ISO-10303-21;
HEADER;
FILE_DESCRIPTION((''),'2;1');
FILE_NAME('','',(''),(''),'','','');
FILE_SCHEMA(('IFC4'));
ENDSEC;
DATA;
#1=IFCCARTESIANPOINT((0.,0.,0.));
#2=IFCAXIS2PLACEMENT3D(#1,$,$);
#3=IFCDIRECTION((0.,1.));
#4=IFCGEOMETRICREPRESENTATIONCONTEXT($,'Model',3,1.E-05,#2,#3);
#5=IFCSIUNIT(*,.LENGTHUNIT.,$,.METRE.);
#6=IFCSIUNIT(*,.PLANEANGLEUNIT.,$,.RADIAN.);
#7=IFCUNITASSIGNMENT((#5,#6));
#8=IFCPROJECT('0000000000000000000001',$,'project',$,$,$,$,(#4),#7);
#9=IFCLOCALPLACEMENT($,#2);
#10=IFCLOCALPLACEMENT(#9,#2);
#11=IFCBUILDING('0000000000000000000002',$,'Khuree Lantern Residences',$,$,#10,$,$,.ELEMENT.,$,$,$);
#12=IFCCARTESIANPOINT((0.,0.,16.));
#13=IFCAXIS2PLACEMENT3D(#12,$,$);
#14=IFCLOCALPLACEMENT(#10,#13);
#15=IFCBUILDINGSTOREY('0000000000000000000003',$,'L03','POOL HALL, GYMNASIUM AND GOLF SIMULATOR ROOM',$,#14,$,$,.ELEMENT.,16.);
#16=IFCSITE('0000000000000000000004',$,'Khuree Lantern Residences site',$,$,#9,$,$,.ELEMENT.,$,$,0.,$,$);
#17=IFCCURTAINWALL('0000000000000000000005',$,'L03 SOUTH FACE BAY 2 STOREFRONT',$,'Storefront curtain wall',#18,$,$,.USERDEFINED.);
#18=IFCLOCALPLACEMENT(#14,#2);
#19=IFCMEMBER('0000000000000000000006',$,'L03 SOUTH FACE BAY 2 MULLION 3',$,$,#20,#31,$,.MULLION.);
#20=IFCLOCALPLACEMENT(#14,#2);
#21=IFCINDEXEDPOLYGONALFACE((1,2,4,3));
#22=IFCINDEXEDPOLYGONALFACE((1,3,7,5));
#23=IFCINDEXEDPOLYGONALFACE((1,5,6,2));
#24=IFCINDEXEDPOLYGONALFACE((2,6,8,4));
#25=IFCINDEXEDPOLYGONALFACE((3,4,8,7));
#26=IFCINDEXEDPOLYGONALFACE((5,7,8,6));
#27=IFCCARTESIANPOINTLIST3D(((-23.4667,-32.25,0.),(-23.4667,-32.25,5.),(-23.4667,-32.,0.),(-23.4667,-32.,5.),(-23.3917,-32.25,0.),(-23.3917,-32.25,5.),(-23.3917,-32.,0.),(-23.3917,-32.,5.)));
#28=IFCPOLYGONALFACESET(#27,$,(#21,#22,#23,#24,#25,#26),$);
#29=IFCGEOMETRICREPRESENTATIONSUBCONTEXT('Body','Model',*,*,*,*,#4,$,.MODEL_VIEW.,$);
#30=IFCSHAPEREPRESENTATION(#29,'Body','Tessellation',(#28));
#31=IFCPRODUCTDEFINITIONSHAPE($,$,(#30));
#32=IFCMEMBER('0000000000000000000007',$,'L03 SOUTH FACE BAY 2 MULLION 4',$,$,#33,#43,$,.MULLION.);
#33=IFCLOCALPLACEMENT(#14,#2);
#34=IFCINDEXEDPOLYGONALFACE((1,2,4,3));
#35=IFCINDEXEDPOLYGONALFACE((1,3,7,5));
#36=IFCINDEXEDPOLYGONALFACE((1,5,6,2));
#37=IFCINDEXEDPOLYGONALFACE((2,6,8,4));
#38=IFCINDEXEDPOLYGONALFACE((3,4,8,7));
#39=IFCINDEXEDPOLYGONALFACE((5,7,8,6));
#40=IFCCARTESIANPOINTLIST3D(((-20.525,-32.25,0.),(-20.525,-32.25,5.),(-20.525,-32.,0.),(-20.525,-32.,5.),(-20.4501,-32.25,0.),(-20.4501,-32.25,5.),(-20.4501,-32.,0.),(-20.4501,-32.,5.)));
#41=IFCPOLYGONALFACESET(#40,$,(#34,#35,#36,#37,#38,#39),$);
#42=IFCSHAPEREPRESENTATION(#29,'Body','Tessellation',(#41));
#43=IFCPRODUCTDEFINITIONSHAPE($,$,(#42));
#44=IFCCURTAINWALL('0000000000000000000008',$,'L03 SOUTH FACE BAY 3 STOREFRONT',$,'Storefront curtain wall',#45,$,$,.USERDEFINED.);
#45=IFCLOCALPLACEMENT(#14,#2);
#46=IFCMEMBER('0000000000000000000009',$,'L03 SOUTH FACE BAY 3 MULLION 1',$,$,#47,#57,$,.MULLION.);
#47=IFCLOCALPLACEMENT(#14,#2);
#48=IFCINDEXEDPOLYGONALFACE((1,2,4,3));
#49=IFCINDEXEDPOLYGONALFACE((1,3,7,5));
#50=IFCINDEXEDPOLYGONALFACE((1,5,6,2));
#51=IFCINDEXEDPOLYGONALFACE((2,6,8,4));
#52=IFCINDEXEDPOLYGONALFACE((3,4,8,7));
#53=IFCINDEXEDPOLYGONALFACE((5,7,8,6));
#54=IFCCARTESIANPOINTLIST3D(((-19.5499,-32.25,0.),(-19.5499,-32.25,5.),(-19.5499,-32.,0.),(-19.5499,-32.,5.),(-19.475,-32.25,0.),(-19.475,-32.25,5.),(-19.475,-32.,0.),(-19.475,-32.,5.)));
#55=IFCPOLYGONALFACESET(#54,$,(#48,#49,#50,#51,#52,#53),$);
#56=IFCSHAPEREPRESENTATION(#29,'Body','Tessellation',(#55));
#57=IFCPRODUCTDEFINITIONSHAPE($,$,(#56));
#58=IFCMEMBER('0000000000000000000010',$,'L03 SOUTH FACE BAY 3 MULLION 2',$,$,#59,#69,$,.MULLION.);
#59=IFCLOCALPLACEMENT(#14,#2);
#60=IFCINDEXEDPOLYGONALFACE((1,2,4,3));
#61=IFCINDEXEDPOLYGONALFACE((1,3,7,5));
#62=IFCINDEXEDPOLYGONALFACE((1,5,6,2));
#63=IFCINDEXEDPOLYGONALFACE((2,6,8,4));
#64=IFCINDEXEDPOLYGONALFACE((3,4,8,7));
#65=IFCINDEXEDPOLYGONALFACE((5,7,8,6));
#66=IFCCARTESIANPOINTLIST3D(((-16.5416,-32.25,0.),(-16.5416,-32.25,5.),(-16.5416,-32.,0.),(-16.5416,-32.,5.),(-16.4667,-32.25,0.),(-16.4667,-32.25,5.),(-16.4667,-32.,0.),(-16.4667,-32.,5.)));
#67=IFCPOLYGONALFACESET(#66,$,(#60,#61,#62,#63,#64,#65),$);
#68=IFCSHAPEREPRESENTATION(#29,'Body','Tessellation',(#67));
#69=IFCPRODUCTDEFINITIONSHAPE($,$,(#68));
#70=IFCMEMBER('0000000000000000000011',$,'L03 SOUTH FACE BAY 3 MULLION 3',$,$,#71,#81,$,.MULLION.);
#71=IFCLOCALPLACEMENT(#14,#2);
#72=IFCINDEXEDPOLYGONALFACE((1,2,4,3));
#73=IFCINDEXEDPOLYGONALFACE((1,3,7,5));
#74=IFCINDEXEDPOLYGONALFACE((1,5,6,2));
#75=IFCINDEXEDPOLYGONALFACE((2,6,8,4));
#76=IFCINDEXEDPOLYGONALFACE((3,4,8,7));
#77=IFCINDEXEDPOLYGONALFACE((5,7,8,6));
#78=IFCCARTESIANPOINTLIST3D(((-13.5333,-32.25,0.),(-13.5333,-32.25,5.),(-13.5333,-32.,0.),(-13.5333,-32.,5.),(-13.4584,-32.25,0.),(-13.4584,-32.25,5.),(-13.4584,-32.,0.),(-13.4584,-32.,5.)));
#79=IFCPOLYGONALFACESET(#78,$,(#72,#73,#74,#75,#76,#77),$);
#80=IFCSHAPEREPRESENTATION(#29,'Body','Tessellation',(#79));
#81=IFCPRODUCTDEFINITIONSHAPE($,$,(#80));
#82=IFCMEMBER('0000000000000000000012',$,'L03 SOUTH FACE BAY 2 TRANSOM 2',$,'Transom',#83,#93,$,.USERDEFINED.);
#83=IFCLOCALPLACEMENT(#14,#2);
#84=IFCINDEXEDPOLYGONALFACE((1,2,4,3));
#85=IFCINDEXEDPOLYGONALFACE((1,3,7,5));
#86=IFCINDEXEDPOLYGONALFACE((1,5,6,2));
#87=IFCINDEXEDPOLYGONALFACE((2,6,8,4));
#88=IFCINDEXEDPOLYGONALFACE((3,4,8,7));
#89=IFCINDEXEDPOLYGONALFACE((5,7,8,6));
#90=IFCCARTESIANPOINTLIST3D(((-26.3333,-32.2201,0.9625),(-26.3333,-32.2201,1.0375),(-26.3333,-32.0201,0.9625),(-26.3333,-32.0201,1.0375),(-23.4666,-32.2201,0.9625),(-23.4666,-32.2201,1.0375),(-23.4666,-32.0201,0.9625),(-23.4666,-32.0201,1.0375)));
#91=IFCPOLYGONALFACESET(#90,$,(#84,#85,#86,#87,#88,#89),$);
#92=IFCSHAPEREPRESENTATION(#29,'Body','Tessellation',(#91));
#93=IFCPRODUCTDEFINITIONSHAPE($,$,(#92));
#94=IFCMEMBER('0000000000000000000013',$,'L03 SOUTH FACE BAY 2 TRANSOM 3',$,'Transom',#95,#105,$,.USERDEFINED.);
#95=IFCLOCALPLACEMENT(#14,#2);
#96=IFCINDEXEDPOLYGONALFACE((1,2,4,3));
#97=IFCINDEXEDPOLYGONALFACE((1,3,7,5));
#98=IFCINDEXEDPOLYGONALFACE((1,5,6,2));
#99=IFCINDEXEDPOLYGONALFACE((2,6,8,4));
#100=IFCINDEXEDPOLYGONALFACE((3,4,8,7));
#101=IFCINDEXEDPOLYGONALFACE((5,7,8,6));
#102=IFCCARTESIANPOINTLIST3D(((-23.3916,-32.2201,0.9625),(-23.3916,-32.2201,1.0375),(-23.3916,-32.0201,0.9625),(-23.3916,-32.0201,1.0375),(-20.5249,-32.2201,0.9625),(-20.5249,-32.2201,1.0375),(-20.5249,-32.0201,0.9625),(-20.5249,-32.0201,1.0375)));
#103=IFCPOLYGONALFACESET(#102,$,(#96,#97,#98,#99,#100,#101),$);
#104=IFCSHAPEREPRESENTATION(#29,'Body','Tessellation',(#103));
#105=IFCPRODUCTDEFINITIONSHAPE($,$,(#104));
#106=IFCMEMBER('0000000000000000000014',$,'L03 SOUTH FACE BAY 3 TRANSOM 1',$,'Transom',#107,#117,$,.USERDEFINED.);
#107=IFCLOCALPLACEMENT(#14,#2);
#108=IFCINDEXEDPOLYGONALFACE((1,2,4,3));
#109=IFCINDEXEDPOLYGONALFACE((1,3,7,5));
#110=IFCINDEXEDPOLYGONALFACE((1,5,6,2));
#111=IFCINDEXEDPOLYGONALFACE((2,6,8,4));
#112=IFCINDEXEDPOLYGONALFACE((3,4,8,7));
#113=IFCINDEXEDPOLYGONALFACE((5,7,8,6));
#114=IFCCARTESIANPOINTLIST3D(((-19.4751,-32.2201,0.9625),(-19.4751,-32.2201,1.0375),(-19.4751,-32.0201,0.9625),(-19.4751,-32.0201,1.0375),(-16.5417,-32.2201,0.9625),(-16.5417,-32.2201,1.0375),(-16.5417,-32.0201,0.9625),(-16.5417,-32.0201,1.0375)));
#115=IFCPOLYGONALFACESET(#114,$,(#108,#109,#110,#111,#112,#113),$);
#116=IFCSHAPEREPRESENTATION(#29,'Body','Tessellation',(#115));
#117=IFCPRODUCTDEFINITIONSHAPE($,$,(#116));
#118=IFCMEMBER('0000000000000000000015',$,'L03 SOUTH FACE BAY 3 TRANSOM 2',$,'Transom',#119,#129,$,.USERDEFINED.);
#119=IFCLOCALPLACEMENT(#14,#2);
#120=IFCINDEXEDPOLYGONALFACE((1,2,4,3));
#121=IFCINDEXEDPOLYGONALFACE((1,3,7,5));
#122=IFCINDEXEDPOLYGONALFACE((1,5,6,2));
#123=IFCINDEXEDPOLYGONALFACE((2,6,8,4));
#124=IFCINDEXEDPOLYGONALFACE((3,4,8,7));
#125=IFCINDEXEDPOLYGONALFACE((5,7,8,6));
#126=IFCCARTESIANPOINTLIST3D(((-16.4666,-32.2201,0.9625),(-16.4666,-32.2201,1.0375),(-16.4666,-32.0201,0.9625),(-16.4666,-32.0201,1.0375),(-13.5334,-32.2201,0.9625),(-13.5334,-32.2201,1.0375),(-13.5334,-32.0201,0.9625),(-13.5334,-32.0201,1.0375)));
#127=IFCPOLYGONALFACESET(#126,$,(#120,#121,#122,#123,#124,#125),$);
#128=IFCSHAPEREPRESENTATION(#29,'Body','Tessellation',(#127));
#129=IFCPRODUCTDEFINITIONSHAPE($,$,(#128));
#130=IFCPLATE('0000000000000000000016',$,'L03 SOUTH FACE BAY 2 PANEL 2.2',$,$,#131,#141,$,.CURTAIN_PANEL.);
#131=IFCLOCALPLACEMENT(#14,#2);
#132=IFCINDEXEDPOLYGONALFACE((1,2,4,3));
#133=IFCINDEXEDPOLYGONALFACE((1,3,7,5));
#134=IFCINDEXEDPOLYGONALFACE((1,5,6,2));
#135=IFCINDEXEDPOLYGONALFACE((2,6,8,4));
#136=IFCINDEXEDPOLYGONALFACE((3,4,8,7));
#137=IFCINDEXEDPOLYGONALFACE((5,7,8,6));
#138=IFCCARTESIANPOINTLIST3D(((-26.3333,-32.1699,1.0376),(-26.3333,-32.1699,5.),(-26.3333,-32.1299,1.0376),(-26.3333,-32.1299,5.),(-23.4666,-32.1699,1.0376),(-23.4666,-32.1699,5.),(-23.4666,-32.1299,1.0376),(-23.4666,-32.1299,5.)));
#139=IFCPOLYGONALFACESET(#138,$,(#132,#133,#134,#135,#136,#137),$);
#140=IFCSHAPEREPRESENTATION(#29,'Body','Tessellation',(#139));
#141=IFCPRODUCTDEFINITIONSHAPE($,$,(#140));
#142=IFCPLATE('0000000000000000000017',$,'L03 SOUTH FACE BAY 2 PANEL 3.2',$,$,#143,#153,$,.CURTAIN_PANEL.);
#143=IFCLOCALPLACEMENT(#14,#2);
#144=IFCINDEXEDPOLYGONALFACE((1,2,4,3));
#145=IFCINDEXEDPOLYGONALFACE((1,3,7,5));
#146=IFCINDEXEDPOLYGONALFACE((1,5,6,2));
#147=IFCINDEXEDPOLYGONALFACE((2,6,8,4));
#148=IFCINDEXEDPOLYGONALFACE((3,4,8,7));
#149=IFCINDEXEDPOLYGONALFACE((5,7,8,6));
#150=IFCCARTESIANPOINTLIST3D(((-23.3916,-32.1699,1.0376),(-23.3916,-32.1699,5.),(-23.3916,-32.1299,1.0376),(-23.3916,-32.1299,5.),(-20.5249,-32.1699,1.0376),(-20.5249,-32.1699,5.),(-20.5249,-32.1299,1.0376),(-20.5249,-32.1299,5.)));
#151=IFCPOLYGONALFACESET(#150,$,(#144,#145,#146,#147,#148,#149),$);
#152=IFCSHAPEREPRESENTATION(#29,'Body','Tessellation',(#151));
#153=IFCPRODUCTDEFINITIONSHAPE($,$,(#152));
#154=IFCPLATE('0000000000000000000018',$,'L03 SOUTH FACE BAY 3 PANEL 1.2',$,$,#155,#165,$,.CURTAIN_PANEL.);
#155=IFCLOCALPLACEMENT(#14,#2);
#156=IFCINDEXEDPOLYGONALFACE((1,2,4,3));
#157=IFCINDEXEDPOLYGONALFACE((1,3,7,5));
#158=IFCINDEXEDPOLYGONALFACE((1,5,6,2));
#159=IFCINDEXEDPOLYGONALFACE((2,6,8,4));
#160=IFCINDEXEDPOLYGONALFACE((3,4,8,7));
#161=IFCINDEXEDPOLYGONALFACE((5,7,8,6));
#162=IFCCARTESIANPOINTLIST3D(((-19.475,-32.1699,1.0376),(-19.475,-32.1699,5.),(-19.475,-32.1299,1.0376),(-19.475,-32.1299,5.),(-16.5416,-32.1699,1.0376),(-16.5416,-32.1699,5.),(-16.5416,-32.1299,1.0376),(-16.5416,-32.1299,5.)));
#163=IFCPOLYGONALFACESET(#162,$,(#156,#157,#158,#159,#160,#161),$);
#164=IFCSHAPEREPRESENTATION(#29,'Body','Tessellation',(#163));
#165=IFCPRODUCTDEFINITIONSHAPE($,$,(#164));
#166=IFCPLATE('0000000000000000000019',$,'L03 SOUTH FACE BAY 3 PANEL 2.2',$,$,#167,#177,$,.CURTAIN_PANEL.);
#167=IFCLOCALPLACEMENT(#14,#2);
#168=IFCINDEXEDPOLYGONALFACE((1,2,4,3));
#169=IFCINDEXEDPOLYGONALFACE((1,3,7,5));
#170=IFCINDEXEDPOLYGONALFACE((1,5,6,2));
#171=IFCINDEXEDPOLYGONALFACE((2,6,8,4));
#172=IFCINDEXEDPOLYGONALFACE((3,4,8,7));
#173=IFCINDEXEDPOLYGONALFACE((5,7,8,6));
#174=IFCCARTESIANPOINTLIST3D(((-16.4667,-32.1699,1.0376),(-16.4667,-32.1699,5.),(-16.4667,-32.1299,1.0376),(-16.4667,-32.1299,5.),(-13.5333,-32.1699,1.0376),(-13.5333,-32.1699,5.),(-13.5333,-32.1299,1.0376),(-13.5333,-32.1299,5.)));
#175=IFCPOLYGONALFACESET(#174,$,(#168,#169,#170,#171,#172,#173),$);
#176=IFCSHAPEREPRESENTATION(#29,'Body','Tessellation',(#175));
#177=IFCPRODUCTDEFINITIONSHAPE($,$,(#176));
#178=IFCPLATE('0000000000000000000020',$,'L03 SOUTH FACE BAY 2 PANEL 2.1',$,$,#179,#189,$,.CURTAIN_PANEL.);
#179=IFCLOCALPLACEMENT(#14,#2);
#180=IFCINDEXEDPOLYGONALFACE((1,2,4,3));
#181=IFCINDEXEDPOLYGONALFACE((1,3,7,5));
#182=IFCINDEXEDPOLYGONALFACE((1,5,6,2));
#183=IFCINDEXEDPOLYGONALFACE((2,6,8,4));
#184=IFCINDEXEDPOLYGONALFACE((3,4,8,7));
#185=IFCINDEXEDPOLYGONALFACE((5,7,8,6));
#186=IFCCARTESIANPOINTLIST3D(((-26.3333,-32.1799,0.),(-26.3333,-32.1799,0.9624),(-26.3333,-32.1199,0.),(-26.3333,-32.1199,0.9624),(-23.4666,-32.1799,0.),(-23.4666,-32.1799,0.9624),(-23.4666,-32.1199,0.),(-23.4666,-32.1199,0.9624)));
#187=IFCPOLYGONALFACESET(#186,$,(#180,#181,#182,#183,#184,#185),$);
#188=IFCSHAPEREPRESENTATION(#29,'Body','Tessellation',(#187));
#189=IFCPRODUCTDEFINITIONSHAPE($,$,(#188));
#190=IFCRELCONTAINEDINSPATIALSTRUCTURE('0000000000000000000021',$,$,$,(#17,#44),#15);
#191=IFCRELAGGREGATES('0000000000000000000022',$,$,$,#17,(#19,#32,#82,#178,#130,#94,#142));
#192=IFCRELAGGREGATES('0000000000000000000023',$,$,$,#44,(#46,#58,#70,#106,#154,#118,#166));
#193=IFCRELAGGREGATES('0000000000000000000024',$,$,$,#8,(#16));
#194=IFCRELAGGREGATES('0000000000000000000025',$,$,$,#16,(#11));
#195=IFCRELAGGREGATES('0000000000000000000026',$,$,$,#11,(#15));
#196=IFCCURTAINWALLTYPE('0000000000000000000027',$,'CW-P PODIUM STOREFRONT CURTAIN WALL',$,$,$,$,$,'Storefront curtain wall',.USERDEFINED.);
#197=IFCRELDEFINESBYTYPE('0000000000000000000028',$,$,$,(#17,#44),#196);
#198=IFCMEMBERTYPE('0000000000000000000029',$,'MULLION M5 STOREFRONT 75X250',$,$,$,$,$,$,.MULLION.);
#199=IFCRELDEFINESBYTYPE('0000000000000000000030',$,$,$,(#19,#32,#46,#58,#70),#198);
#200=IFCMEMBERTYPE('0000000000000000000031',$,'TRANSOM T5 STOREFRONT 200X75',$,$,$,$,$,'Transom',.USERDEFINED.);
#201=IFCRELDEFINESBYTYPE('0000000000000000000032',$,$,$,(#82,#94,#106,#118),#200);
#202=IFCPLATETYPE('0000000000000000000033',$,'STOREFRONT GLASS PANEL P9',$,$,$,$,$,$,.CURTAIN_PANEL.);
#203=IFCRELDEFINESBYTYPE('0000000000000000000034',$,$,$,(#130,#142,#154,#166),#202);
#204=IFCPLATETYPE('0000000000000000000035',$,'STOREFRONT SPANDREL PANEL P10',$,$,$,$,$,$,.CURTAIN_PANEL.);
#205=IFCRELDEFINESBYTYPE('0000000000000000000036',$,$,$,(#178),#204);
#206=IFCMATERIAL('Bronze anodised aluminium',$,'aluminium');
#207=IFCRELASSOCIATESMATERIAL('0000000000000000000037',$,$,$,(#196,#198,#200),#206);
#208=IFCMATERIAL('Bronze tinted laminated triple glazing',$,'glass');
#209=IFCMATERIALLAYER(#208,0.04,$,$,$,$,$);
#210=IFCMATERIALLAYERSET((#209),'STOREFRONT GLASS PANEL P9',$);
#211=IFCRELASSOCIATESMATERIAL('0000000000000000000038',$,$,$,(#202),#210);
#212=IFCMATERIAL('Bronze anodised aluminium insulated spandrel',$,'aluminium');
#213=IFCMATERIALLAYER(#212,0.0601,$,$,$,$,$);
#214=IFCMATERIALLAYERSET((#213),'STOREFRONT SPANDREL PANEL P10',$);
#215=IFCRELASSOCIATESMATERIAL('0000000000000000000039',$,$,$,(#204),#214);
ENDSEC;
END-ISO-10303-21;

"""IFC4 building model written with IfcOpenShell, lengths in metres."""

from ifc_helpers import new_model, si_unit, direction, frame, origin, origin_2d, place, context, subcontext, project, spatial, rectangle, extrude, material, layer, layer_set, material_profile, profile_set, type_object, element, aggregate, save


model = new_model("IFC4")

# Units and contexts
model_context = context("Model", 3, precision=1e-05, world=origin(), true_north=direction((0.0, 1.0)))
body_context = subcontext(model_context, "Body", "Model", "MODEL_VIEW")
ifc_project = project(units=[si_unit("LENGTHUNIT", "METRE"), si_unit("PLANEANGLEUNIT", "RADIAN")], contexts=[model_context])

# Site, building, storey
site_placement = place(None, origin())
site = spatial("IfcSite", under=ifc_project, at=site_placement, Name="Khuree Lantern Residences site", CompositionType="ELEMENT", RefElevation=0.0)
building_placement = place(site_placement, origin())
building = spatial("IfcBuilding", under=site, at=building_placement, Name="Khuree Lantern Residences", CompositionType="ELEMENT")
storey_placement = place(building_placement, frame((0.0, 0.0, 16.0)))
storey = spatial("IfcBuildingStorey", under=building, at=storey_placement, Name="L03", Description="POOL HALL, GYMNASIUM AND GOLF SIMULATOR ROOM", CompositionType="ELEMENT", Elevation=16.0)

# Curtain walls, members
ifc_material_1 = material(Name="Bronze anodised aluminium", Category="aluminium")
curtain_wall_type = type_object("IfcCurtainWallType", Name="CW-P PODIUM STOREFRONT CURTAIN WALL", ElementType="Storefront curtain wall", PredefinedType="USERDEFINED", material=ifc_material_1)
curtain_wall_1_placement = place(storey_placement, origin())
curtain_wall_1 = element("IfcCurtainWall", 1, at=curtain_wall_1_placement, inside=storey, type_object=curtain_wall_type, Name="L03 SOUTH FACE BAY 2 STOREFRONT", ObjectType="Storefront curtain wall", PredefinedType="USERDEFINED")
ifc_material_profile_1 = material_profile(ifc_material_1, rectangle(XDim=0.075, YDim=0.25, at=origin_2d()), Name="M5 75X250")
ifc_profile_set_1 = profile_set([ifc_material_profile_1], Name="Bronze anodised aluminium")
member_type_1 = type_object("IfcMemberType", Name="MULLION M5 STOREFRONT 75X250", PredefinedType="MULLION", material=ifc_profile_set_1)
member_1_placement = place(storey_placement, frame((-23.4292, -32.125, 0.0), z_axis=(0.0, 0.0, 1.0), x_axis=(1.0, 0.0, 0.0)))
member_1 = element("IfcMember", 2, at=member_1_placement, type_object=member_type_1, Name="L03 SOUTH FACE BAY 2 MULLION 3", PredefinedType="MULLION", context=body_context, shape_type="SweptSolid", body=[
    extrude(rectangle(XDim=0.075, YDim=0.25, at=origin_2d()), origin(), (0.0, 0.0, 1.0), 5.0),
])
member_2_placement = place(storey_placement, frame((-20.4875, -32.125, 0.0), z_axis=(0.0, 0.0, 1.0), x_axis=(1.0, 0.0, 0.0)))
member_2 = element("IfcMember", 3, at=member_2_placement, type_object=member_type_1, Name="L03 SOUTH FACE BAY 2 MULLION 4", PredefinedType="MULLION", context=body_context, shape_type="SweptSolid", body=[
    extrude(rectangle(XDim=0.075, YDim=0.25, at=origin_2d()), origin(), (0.0, 0.0, 1.0), 5.0),
])
curtain_wall_2_placement = place(storey_placement, origin())
curtain_wall_2 = element("IfcCurtainWall", 4, at=curtain_wall_2_placement, inside=storey, type_object=curtain_wall_type, Name="L03 SOUTH FACE BAY 3 STOREFRONT", ObjectType="Storefront curtain wall", PredefinedType="USERDEFINED")
member_3_placement = place(storey_placement, frame((-19.5125, -32.125, 0.0), z_axis=(0.0, 0.0, 1.0), x_axis=(1.0, 0.0, 0.0)))
member_3 = element("IfcMember", 5, at=member_3_placement, type_object=member_type_1, Name="L03 SOUTH FACE BAY 3 MULLION 1", PredefinedType="MULLION", context=body_context, shape_type="SweptSolid", body=[
    extrude(rectangle(XDim=0.075, YDim=0.25, at=origin_2d()), origin(), (0.0, 0.0, 1.0), 5.0),
])
member_4_placement = place(storey_placement, frame((-16.5042, -32.125, 0.0), z_axis=(0.0, 0.0, 1.0), x_axis=(1.0, 0.0, 0.0)))
member_4 = element("IfcMember", 6, at=member_4_placement, type_object=member_type_1, Name="L03 SOUTH FACE BAY 3 MULLION 2", PredefinedType="MULLION", context=body_context, shape_type="SweptSolid", body=[
    extrude(rectangle(XDim=0.075, YDim=0.25, at=origin_2d()), origin(), (0.0, 0.0, 1.0), 5.0),
])
member_5_placement = place(storey_placement, frame((-13.4958, -32.125, 0.0), z_axis=(0.0, 0.0, 1.0), x_axis=(1.0, 0.0, 0.0)))
member_5 = element("IfcMember", 7, at=member_5_placement, type_object=member_type_1, Name="L03 SOUTH FACE BAY 3 MULLION 3", PredefinedType="MULLION", context=body_context, shape_type="SweptSolid", body=[
    extrude(rectangle(XDim=0.075, YDim=0.25, at=origin_2d()), origin(), (0.0, 0.0, 1.0), 5.0),
])

# Members
ifc_material_profile_2 = material_profile(ifc_material_1, rectangle(XDim=0.2, YDim=0.075, at=origin_2d()), Name="T5 200X75")
ifc_profile_set_2 = profile_set([ifc_material_profile_2], Name="Bronze anodised aluminium")
member_type_2 = type_object("IfcMemberType", Name="TRANSOM T5 STOREFRONT 200X75", ElementType="Transom", PredefinedType="USERDEFINED", material=ifc_profile_set_2)
member_6_placement = place(storey_placement, frame((-26.3333, -32.1201, 1.0), z_axis=(1.0, 0.0, 0.0), x_axis=(0.0, 1.0, 0.0)))
member_6 = element("IfcMember", 8, at=member_6_placement, type_object=member_type_2, Name="L03 SOUTH FACE BAY 2 TRANSOM 2", ObjectType="Transom", PredefinedType="USERDEFINED", context=body_context, shape_type="SweptSolid", body=[
    extrude(rectangle(XDim=0.2, YDim=0.075, at=origin_2d()), origin(), (0.0, 0.0, 1.0), 2.8667),
])
member_7_placement = place(storey_placement, frame((-23.3916, -32.1201, 1.0), z_axis=(1.0, 0.0, 0.0), x_axis=(0.0, 1.0, 0.0)))
member_7 = element("IfcMember", 9, at=member_7_placement, type_object=member_type_2, Name="L03 SOUTH FACE BAY 2 TRANSOM 3", ObjectType="Transom", PredefinedType="USERDEFINED", context=body_context, shape_type="SweptSolid", body=[
    extrude(rectangle(XDim=0.2, YDim=0.075, at=origin_2d()), origin(), (0.0, 0.0, 1.0), 2.8667),
])
member_8_placement = place(storey_placement, frame((-19.4751, -32.1201, 1.0), z_axis=(1.0, 0.0, 0.0), x_axis=(0.0, 1.0, 0.0)))
member_8 = element("IfcMember", 10, at=member_8_placement, type_object=member_type_2, Name="L03 SOUTH FACE BAY 3 TRANSOM 1", ObjectType="Transom", PredefinedType="USERDEFINED", context=body_context, shape_type="SweptSolid", body=[
    extrude(rectangle(XDim=0.2, YDim=0.075, at=origin_2d()), origin(), (0.0, 0.0, 1.0), 2.9333),
])
member_9_placement = place(storey_placement, frame((-16.4666, -32.1201, 1.0), z_axis=(1.0, 0.0, 0.0), x_axis=(0.0, 1.0, 0.0)))
member_9 = element("IfcMember", 11, at=member_9_placement, type_object=member_type_2, Name="L03 SOUTH FACE BAY 3 TRANSOM 2", ObjectType="Transom", PredefinedType="USERDEFINED", context=body_context, shape_type="SweptSolid", body=[
    extrude(rectangle(XDim=0.2, YDim=0.075, at=origin_2d()), origin(), (0.0, 0.0, 1.0), 2.9331),
])

# Plates
ifc_material_2 = material(Name="Bronze tinted laminated triple glazing", Category="glass")
ifc_layer_1 = layer(ifc_material_2, 0.04)
ifc_layer_set_1 = layer_set([ifc_layer_1], Name="STOREFRONT GLASS PANEL P9")
plate_type_1 = type_object("IfcPlateType", Name="STOREFRONT GLASS PANEL P9", PredefinedType="CURTAIN_PANEL", material=ifc_layer_set_1)
plate_1_placement = place(storey_placement, frame((-24.8999, -32.1499, 1.0376), z_axis=(0.0, 0.0, 1.0), x_axis=(1.0, 0.0, 0.0)))
plate_1 = element("IfcPlate", 12, at=plate_1_placement, type_object=plate_type_1, Name="L03 SOUTH FACE BAY 2 PANEL 2.2", PredefinedType="CURTAIN_PANEL", context=body_context, shape_type="SweptSolid", body=[
    extrude(rectangle(XDim=2.8667, YDim=0.04, at=origin_2d()), origin(), (0.0, 0.0, 1.0), 3.9624),
])
plate_2_placement = place(storey_placement, frame((-21.9583, -32.1499, 1.0376), z_axis=(0.0, 0.0, 1.0), x_axis=(1.0, 0.0, 0.0)))
plate_2 = element("IfcPlate", 13, at=plate_2_placement, type_object=plate_type_1, Name="L03 SOUTH FACE BAY 2 PANEL 3.2", PredefinedType="CURTAIN_PANEL", context=body_context, shape_type="SweptSolid", body=[
    extrude(rectangle(XDim=2.8667, YDim=0.04, at=origin_2d()), origin(), (0.0, 0.0, 1.0), 3.9624),
])
plate_3_placement = place(storey_placement, frame((-18.0083, -32.1499, 1.0376), z_axis=(0.0, 0.0, 1.0), x_axis=(1.0, 0.0, 0.0)))
plate_3 = element("IfcPlate", 14, at=plate_3_placement, type_object=plate_type_1, Name="L03 SOUTH FACE BAY 3 PANEL 1.2", PredefinedType="CURTAIN_PANEL", context=body_context, shape_type="SweptSolid", body=[
    extrude(rectangle(XDim=2.9333, YDim=0.04, at=origin_2d()), origin(), (0.0, 0.0, 1.0), 3.9624),
])
plate_4_placement = place(storey_placement, frame((-15.0, -32.1499, 1.0376), z_axis=(0.0, 0.0, 1.0), x_axis=(1.0, 0.0, 0.0)))
plate_4 = element("IfcPlate", 15, at=plate_4_placement, type_object=plate_type_1, Name="L03 SOUTH FACE BAY 3 PANEL 2.2", PredefinedType="CURTAIN_PANEL", context=body_context, shape_type="SweptSolid", body=[
    extrude(rectangle(XDim=2.9333, YDim=0.04, at=origin_2d()), origin(), (0.0, 0.0, 1.0), 3.9624),
])
ifc_material_3 = material(Name="Bronze anodised aluminium insulated spandrel", Category="aluminium")
ifc_layer_2 = layer(ifc_material_3, 0.0601)
ifc_layer_set_2 = layer_set([ifc_layer_2], Name="STOREFRONT SPANDREL PANEL P10")
plate_type_2 = type_object("IfcPlateType", Name="STOREFRONT SPANDREL PANEL P10", PredefinedType="CURTAIN_PANEL", material=ifc_layer_set_2)
plate_5_placement = place(storey_placement, frame((-24.8999, -32.1499, 0.0), z_axis=(0.0, 0.0, 1.0), x_axis=(1.0, 0.0, 0.0)))
plate_5 = element("IfcPlate", 16, at=plate_5_placement, type_object=plate_type_2, Name="L03 SOUTH FACE BAY 2 PANEL 2.1", PredefinedType="CURTAIN_PANEL", context=body_context, shape_type="SweptSolid", body=[
    extrude(rectangle(XDim=2.8667, YDim=0.0601, at=origin_2d()), origin(), (0.0, 0.0, 1.0), 0.9624),
])
aggregate(curtain_wall_1, [member_1, member_2, member_6, plate_5, plate_1, member_7, plate_2])
aggregate(curtain_wall_2, [member_3, member_4, member_5, member_8, plate_3, member_9, plate_4])

save(model, "model.ifc")
